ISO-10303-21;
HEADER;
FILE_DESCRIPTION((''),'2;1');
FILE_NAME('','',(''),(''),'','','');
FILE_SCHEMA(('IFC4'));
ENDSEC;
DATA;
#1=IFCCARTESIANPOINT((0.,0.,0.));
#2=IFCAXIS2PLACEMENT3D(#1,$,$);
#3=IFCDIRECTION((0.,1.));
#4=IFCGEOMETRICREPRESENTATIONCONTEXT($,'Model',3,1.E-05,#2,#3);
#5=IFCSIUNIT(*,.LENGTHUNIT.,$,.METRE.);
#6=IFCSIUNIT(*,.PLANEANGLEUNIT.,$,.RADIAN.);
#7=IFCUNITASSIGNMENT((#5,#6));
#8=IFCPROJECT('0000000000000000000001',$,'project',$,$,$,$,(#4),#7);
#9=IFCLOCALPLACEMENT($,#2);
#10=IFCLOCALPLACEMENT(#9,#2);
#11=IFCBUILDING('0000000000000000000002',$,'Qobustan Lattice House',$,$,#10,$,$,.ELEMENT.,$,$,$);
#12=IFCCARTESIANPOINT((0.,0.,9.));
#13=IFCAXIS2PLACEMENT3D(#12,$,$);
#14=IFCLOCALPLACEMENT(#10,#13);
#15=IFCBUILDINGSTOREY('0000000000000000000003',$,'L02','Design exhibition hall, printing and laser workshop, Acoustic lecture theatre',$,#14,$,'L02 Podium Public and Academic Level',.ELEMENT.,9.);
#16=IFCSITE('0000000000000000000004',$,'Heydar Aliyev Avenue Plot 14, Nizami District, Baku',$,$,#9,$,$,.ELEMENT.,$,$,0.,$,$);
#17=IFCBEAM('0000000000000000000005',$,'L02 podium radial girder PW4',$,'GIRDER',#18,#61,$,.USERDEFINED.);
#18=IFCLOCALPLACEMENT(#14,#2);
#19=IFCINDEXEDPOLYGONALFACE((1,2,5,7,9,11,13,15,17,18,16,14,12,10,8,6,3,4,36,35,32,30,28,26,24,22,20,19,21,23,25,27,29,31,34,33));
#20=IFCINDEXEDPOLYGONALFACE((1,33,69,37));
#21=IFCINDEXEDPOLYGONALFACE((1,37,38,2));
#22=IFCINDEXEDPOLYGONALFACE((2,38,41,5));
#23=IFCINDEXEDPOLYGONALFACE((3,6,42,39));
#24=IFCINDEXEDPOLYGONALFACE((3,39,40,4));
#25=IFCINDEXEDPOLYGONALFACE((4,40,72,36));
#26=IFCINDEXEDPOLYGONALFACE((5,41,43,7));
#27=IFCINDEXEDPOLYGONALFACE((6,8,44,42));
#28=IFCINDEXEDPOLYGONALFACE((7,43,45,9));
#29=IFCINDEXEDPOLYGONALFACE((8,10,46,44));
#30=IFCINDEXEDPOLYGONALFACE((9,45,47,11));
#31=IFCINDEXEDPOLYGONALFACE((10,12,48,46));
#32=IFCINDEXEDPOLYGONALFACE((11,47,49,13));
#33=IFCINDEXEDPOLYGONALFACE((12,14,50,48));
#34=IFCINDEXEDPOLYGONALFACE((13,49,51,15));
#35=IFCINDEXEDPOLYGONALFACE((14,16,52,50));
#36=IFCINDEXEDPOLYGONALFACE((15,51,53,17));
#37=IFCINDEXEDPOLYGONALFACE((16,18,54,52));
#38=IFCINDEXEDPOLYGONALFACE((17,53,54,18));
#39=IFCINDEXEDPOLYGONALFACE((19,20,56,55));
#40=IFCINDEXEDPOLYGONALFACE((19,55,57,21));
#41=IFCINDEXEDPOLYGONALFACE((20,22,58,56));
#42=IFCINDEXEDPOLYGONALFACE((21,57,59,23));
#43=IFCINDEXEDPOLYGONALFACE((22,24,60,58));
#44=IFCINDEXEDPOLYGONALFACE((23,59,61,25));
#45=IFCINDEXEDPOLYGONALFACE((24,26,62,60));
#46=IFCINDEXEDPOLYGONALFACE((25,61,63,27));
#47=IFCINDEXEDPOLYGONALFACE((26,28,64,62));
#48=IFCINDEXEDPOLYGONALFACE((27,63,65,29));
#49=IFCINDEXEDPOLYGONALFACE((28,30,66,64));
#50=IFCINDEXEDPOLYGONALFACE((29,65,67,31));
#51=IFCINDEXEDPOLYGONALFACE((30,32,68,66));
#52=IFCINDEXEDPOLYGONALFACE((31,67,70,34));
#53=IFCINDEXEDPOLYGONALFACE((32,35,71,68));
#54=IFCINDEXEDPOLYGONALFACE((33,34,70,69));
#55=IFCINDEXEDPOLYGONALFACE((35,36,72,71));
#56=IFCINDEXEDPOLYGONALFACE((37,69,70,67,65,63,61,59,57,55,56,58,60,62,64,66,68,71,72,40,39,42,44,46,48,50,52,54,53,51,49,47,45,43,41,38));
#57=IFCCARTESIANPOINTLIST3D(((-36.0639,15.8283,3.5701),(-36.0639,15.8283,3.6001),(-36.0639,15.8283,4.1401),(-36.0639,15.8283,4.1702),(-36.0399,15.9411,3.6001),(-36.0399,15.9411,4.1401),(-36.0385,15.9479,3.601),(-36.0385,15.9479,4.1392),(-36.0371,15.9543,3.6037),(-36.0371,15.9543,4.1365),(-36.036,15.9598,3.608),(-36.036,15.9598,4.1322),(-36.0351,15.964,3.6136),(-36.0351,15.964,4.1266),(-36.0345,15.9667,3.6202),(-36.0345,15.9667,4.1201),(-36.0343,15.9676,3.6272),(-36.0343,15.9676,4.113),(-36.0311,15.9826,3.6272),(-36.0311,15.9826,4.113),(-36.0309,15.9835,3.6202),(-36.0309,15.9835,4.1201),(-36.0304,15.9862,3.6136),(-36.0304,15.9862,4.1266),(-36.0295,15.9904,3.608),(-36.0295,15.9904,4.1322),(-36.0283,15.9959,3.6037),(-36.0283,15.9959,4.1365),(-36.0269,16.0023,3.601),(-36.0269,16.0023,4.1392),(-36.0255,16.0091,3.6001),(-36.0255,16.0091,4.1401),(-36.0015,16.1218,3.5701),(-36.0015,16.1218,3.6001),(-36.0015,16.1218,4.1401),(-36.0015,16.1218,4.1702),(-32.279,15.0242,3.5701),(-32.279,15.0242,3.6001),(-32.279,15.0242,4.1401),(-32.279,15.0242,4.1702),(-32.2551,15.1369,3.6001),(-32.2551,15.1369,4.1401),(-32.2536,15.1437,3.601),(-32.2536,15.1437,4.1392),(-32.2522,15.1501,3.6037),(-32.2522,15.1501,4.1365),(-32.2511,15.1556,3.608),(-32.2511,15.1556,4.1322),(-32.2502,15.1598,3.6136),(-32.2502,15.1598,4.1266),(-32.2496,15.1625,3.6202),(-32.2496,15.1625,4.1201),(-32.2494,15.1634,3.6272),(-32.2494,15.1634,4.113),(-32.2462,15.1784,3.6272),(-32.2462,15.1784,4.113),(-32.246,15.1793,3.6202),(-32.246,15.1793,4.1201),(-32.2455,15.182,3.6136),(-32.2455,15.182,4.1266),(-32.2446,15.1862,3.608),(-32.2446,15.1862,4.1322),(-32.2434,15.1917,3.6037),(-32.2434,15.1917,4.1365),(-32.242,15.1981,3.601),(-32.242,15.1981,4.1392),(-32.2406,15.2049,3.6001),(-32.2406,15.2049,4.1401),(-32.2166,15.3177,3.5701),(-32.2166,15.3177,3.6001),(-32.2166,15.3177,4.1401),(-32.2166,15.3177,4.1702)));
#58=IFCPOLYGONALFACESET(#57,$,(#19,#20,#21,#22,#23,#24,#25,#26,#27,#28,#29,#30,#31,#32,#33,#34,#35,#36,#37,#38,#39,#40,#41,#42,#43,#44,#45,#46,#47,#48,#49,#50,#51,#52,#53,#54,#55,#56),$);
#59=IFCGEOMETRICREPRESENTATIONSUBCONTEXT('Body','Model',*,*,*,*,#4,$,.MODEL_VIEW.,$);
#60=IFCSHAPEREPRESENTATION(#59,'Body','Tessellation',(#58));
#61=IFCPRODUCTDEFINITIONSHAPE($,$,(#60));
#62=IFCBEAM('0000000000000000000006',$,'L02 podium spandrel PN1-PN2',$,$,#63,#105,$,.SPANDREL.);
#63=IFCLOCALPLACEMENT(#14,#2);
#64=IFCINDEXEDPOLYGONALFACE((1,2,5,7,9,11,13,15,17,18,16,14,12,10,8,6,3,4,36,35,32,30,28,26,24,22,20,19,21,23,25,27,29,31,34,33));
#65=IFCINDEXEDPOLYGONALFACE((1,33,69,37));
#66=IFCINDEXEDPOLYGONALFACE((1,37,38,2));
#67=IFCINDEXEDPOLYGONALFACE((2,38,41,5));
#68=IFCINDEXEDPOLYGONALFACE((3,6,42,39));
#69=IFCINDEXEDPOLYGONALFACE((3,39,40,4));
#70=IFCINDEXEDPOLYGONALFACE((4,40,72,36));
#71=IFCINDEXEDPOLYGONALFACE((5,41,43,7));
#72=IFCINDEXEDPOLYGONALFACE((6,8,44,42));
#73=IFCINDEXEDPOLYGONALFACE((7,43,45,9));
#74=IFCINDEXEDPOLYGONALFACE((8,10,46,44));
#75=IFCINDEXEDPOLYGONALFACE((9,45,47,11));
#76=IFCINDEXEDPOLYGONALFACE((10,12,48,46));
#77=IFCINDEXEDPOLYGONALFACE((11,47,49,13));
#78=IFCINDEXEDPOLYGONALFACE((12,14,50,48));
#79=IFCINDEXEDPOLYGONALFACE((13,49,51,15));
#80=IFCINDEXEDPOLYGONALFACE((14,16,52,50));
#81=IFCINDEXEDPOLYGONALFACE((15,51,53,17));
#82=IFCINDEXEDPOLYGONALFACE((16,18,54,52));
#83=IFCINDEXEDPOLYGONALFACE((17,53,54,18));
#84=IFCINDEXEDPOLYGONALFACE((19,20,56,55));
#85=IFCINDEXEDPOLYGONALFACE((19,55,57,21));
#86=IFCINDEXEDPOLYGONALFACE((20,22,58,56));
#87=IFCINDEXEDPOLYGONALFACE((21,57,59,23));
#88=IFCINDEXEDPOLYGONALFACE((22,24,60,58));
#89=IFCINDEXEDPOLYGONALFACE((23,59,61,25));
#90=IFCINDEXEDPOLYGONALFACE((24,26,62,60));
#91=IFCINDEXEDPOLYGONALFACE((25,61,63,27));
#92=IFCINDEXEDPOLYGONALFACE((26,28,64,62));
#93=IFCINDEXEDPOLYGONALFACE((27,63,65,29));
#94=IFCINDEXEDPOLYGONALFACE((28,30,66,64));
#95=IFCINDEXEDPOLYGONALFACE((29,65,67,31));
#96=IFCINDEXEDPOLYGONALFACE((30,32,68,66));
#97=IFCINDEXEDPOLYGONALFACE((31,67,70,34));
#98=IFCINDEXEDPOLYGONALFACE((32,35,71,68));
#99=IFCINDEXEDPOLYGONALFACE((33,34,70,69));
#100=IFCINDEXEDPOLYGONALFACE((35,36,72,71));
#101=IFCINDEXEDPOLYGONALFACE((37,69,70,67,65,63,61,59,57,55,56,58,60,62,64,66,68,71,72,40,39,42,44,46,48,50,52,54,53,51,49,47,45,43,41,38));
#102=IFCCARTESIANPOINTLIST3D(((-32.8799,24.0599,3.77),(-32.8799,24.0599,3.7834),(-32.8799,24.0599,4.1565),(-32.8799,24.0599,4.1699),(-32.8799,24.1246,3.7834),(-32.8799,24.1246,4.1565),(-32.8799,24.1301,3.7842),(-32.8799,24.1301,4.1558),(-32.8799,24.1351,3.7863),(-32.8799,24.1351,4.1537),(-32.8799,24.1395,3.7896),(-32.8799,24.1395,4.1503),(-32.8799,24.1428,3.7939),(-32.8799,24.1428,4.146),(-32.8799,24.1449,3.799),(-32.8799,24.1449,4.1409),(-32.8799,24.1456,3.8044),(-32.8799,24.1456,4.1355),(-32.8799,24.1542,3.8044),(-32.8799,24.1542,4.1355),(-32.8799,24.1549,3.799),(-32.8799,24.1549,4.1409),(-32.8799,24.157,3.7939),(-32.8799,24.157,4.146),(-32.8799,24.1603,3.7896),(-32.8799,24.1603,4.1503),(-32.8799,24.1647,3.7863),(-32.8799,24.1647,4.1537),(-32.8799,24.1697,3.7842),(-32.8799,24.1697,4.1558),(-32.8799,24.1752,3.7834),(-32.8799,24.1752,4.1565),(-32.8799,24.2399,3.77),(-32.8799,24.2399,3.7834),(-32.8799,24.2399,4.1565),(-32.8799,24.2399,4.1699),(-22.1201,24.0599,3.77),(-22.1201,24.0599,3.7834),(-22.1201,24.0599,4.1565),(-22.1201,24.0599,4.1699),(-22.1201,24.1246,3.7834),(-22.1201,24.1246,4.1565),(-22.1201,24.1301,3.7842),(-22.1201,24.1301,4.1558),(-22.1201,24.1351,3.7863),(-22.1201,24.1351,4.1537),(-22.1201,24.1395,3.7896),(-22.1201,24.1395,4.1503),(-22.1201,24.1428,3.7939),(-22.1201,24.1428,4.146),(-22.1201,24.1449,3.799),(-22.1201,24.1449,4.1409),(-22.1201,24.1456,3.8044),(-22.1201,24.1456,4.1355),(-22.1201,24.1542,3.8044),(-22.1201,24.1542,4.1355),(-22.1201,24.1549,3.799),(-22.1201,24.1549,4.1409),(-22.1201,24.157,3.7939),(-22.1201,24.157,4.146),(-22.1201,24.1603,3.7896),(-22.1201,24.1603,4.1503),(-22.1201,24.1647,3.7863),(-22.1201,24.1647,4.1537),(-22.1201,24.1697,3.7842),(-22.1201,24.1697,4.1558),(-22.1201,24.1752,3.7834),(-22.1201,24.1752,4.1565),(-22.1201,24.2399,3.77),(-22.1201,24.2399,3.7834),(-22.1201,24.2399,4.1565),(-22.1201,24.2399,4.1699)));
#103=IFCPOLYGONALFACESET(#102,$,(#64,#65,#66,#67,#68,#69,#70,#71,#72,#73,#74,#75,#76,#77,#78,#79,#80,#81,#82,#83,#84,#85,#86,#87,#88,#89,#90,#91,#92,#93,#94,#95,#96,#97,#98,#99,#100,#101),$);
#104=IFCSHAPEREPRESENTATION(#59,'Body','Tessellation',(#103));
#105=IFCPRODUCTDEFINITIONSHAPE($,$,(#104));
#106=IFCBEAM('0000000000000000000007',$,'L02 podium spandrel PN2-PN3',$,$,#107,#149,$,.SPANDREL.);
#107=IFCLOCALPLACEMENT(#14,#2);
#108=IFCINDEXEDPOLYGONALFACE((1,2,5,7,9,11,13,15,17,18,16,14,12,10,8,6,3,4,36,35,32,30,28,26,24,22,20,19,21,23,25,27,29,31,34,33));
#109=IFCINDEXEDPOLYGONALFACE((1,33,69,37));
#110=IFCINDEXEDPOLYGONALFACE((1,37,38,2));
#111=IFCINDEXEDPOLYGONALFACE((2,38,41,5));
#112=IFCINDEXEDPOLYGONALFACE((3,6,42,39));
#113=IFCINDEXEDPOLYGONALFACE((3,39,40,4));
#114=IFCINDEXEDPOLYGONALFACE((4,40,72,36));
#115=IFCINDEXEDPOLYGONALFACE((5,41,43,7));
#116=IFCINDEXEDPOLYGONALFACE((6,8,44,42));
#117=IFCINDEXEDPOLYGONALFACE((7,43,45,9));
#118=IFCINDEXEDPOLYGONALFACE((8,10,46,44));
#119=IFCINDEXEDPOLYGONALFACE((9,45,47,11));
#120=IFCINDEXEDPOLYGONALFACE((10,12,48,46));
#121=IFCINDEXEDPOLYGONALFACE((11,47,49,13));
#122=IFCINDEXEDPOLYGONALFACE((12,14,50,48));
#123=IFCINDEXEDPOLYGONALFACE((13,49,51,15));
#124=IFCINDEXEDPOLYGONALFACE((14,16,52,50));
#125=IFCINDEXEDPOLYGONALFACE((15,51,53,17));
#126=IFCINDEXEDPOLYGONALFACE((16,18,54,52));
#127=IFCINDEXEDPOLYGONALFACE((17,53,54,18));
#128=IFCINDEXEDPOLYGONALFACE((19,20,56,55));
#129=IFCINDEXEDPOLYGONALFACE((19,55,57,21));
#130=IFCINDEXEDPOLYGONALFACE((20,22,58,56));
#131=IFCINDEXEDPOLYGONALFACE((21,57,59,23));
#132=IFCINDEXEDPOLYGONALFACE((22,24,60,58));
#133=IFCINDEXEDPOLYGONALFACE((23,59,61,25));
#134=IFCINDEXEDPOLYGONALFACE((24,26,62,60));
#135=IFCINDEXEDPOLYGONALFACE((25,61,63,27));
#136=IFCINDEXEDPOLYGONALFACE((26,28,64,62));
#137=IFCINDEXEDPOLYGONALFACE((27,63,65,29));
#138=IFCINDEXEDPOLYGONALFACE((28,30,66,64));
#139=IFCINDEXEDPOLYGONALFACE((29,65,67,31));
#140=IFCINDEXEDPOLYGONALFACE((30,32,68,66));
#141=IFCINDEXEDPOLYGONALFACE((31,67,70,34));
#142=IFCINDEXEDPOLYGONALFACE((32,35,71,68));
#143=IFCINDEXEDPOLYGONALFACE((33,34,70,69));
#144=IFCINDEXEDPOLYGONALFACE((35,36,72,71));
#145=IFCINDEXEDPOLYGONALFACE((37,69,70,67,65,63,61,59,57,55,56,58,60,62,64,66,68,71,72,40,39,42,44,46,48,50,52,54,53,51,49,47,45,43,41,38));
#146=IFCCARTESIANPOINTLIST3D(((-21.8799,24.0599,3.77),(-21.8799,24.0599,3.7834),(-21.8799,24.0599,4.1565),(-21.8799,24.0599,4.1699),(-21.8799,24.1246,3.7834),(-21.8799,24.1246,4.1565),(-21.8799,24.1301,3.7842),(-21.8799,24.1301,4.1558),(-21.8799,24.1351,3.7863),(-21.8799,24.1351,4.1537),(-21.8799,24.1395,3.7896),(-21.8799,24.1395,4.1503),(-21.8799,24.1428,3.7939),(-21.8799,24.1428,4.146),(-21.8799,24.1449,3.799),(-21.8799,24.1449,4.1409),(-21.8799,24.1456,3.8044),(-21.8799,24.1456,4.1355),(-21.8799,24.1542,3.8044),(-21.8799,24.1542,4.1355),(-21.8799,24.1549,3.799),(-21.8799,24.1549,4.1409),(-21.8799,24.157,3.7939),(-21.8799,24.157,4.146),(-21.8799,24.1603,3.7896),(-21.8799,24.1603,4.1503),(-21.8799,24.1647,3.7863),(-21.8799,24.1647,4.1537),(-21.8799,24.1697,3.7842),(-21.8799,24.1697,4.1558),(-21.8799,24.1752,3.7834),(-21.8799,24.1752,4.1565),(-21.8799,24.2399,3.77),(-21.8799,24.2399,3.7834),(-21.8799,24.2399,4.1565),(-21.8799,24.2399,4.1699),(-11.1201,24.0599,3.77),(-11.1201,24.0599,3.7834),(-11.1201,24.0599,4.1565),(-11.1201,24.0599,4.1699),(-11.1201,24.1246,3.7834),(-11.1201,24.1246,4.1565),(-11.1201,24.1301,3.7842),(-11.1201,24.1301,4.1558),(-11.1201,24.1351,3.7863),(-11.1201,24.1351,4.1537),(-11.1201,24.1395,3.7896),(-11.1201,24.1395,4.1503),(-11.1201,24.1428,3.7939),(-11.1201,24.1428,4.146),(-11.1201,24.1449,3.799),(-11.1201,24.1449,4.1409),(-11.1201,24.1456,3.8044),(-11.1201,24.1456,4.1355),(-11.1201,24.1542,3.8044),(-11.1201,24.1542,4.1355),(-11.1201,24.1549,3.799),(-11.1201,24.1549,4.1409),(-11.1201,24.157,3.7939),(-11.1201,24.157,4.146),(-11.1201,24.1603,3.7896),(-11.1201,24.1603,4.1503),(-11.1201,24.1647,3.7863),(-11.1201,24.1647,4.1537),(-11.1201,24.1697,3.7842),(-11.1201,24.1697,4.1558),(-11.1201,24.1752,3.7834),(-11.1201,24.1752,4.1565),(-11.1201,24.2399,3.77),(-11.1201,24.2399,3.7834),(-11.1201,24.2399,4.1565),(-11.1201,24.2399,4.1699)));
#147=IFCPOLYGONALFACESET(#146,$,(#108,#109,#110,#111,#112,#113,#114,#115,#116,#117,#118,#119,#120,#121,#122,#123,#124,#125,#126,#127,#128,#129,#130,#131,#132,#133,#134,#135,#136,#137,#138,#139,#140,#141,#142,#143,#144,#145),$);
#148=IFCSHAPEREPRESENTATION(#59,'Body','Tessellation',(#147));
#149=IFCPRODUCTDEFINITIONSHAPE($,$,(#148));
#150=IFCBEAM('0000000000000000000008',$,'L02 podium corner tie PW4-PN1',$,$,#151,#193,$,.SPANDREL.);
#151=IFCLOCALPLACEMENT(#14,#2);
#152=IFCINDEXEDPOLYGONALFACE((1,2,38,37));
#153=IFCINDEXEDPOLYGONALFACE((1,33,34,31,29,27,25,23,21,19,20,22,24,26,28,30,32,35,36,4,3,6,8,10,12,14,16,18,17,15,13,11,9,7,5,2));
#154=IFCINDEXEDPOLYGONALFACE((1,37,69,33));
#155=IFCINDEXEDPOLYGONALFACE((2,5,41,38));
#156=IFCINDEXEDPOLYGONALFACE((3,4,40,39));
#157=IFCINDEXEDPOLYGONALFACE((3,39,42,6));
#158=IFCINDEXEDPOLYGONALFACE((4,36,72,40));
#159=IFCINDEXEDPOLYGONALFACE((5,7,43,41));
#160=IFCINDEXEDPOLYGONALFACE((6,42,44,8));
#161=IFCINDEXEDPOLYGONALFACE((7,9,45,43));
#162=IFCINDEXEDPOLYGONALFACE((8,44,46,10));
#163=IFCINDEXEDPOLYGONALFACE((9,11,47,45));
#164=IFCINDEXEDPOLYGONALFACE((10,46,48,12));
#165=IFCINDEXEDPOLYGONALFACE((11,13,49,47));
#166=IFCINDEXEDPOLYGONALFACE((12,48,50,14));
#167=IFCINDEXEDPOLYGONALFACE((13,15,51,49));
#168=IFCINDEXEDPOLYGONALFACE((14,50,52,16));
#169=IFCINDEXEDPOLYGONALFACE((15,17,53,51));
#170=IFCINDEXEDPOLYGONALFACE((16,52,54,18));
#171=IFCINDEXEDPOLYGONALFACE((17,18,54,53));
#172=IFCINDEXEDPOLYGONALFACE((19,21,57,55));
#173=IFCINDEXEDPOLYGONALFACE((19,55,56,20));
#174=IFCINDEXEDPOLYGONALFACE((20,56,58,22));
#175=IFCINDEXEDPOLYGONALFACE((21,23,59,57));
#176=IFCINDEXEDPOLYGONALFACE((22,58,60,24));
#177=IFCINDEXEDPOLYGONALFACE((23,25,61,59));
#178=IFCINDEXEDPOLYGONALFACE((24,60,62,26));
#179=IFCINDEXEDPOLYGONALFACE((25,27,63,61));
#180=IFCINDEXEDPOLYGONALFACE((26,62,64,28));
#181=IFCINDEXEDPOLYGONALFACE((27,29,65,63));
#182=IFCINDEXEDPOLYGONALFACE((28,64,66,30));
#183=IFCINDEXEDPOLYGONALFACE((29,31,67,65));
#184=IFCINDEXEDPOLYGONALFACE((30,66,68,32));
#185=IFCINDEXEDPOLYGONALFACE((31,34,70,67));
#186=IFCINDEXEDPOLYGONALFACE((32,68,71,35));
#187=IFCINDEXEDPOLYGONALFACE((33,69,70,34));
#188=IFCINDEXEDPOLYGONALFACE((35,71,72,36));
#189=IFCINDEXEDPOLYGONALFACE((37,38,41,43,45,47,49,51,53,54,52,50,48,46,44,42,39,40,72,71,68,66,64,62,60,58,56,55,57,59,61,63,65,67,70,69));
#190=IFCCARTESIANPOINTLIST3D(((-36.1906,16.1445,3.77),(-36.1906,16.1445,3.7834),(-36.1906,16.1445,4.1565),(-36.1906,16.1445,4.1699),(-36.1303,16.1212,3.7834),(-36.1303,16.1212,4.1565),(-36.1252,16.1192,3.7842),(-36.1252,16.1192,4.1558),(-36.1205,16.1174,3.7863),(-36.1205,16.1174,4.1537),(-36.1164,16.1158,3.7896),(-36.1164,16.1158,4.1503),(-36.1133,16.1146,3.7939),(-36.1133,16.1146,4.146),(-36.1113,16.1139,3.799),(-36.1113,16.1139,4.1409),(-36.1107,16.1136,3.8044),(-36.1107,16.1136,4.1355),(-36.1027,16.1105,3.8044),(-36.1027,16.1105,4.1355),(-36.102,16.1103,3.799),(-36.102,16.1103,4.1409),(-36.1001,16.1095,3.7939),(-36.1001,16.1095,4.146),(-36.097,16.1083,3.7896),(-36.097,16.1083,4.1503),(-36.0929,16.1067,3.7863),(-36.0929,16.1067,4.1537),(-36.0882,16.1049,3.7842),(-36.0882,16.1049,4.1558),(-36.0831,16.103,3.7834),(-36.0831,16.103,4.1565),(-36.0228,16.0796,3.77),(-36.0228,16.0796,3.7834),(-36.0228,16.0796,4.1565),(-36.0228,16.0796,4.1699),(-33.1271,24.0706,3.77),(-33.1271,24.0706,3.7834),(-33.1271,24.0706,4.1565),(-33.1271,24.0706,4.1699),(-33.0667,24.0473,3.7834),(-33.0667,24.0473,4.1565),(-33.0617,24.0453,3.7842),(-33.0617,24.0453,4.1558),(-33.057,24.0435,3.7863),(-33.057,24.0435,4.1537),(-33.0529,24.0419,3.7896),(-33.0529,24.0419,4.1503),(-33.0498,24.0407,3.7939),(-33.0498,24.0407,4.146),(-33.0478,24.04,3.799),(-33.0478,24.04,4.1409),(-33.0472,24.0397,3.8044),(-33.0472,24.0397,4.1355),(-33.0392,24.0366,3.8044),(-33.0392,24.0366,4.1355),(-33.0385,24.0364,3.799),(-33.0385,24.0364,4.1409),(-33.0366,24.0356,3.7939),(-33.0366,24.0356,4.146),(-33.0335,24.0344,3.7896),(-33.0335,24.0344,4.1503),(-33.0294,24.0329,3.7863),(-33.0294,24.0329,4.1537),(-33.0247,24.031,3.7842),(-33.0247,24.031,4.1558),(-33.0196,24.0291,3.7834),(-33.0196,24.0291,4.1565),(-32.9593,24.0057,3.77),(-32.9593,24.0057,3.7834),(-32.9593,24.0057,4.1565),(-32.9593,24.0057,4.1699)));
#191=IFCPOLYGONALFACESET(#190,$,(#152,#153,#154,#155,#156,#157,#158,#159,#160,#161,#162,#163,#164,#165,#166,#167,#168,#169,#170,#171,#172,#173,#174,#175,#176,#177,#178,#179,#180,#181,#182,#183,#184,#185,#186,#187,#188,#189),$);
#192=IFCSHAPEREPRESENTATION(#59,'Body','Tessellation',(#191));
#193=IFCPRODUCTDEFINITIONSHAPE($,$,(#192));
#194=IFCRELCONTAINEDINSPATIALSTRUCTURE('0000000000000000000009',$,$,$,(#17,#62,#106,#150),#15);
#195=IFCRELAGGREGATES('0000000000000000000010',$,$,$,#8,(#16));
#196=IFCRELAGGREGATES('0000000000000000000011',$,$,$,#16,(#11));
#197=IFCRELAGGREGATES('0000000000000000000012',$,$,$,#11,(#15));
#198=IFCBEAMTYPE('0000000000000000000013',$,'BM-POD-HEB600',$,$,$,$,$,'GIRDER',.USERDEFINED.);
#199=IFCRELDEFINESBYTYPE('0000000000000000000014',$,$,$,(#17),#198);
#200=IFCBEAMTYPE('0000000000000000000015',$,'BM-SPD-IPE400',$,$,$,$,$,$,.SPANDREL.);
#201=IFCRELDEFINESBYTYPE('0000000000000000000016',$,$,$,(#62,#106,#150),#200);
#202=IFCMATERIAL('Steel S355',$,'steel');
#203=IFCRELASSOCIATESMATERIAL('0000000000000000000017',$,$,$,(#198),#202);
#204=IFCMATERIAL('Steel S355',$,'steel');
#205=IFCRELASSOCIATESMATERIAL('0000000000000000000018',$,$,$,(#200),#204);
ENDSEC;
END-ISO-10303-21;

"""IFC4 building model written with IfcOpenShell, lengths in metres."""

from ifc_helpers import new_model, si_unit, direction, frame, origin, origin_2d, place, context, subcontext, project, spatial, i_section, extrude, material, material_profile, profile_set, type_object, element, save


model = new_model("IFC4")

# Units and contexts
model_context = context("Model", 3, precision=1e-05, world=origin(), true_north=direction((0.0, 1.0)))
body_context = subcontext(model_context, "Body", "Model", "MODEL_VIEW")
ifc_project = project(units=[si_unit("LENGTHUNIT", "METRE"), si_unit("PLANEANGLEUNIT", "RADIAN")], contexts=[model_context])

# Site, building, storey
site_placement = place(None, origin())
site = spatial("IfcSite", under=ifc_project, at=site_placement, Name="Heydar Aliyev Avenue Plot 14, Nizami District, Baku", CompositionType="ELEMENT", RefElevation=0.0)
building_placement = place(site_placement, origin())
building = spatial("IfcBuilding", under=site, at=building_placement, Name="Qobustan Lattice House", CompositionType="ELEMENT")
storey_placement = place(building_placement, frame((0.0, 0.0, 9.0)))
storey = spatial("IfcBuildingStorey", under=building, at=storey_placement, Name="L02", Description="Design exhibition hall, printing and laser workshop, Acoustic lecture theatre", LongName="L02 Podium Public and Academic Level", CompositionType="ELEMENT", Elevation=9.0)

# Beams
ifc_material_1 = material(Name="Steel S355", Category="steel")
ifc_material_profile_1 = material_profile(ifc_material_1, i_section(OverallWidth=0.3, OverallDepth=0.6001, WebThickness=0.0154, FlangeThickness=0.03, FilletRadius=0.0271, at=origin_2d()), Name="HEB600")
ifc_profile_set_1 = profile_set([ifc_material_profile_1], Name="Steel S355")
beam_type_1 = type_object("IfcBeamType", Name="BM-POD-HEB600", ElementType="GIRDER", PredefinedType="USERDEFINED", material=ifc_profile_set_1)
beam_1_placement = place(storey_placement, frame((-36.0327, 15.9751, 3.8701), z_axis=(0.978164, -0.207835, 0.0), x_axis=(0.207835, 0.978164, 0.0)))
element("IfcBeam", 1, at=beam_1_placement, inside=storey, type_object=beam_type_1, Name="L02 podium radial girder PW4", ObjectType="GIRDER", PredefinedType="USERDEFINED", context=body_context, shape_type="SweptSolid", body=[
    extrude(i_section(OverallWidth=0.3, OverallDepth=0.6001, WebThickness=0.0154, FlangeThickness=0.03, FilletRadius=0.0271, at=origin_2d()), origin(), (0.0, 0.0, 1.0), 3.8694),
])
ifc_material_2 = material(Name="Steel S355", Category="steel")
ifc_material_profile_2 = material_profile(ifc_material_2, i_section(OverallWidth=0.1799, OverallDepth=0.3999, WebThickness=0.0085, FlangeThickness=0.0134, FilletRadius=0.021, at=origin_2d()), Name="IPE400")
ifc_profile_set_2 = profile_set([ifc_material_profile_2], Name="Steel S355")
beam_type_2 = type_object("IfcBeamType", Name="BM-SPD-IPE400", PredefinedType="SPANDREL", material=ifc_profile_set_2)
for number, where, z_axis, x_axis, name in (
    (2, (-32.8799, 24.1499, 3.97), (1.0, 0.0, 0.0), (0.0, 1.0, 0.0), "L02 podium spandrel PN1-PN2"),
    (3, (-21.8799, 24.1499, 3.97), (1.0, 0.0, 0.0), (0.0, 1.0, 0.0), "L02 podium spandrel PN2-PN3"),
):
    element("IfcBeam", number, at=place(storey_placement, frame(where, z_axis=z_axis, x_axis=x_axis)), inside=storey, type_object=beam_type_2, Name=name, PredefinedType="SPANDREL", context=body_context, shape_type="SweptSolid", body=[
        extrude(i_section(OverallWidth=0.1799, OverallDepth=0.3999, WebThickness=0.0085, FlangeThickness=0.0134, FilletRadius=0.021, at=origin_2d()), origin(), (0.0, 0.0, 1.0), 10.7598),
    ])
beam_2_placement = place(storey_placement, frame((-36.1067, 16.1121, 3.97), z_axis=(0.360517, 0.932753, 0.0), x_axis=(-0.932753, 0.360517, 0.0)))
element("IfcBeam", 4, at=beam_2_placement, inside=storey, type_object=beam_type_2, Name="L02 podium corner tie PW4-PN1", PredefinedType="SPANDREL", context=body_context, shape_type="SweptSolid", body=[
    extrude(i_section(OverallWidth=0.1799, OverallDepth=0.3999, WebThickness=0.0085, FlangeThickness=0.0134, FilletRadius=0.021, at=origin_2d()), origin(), (0.0, 0.0, 1.0), 8.4976),
])

save(model, "model.ifc")
